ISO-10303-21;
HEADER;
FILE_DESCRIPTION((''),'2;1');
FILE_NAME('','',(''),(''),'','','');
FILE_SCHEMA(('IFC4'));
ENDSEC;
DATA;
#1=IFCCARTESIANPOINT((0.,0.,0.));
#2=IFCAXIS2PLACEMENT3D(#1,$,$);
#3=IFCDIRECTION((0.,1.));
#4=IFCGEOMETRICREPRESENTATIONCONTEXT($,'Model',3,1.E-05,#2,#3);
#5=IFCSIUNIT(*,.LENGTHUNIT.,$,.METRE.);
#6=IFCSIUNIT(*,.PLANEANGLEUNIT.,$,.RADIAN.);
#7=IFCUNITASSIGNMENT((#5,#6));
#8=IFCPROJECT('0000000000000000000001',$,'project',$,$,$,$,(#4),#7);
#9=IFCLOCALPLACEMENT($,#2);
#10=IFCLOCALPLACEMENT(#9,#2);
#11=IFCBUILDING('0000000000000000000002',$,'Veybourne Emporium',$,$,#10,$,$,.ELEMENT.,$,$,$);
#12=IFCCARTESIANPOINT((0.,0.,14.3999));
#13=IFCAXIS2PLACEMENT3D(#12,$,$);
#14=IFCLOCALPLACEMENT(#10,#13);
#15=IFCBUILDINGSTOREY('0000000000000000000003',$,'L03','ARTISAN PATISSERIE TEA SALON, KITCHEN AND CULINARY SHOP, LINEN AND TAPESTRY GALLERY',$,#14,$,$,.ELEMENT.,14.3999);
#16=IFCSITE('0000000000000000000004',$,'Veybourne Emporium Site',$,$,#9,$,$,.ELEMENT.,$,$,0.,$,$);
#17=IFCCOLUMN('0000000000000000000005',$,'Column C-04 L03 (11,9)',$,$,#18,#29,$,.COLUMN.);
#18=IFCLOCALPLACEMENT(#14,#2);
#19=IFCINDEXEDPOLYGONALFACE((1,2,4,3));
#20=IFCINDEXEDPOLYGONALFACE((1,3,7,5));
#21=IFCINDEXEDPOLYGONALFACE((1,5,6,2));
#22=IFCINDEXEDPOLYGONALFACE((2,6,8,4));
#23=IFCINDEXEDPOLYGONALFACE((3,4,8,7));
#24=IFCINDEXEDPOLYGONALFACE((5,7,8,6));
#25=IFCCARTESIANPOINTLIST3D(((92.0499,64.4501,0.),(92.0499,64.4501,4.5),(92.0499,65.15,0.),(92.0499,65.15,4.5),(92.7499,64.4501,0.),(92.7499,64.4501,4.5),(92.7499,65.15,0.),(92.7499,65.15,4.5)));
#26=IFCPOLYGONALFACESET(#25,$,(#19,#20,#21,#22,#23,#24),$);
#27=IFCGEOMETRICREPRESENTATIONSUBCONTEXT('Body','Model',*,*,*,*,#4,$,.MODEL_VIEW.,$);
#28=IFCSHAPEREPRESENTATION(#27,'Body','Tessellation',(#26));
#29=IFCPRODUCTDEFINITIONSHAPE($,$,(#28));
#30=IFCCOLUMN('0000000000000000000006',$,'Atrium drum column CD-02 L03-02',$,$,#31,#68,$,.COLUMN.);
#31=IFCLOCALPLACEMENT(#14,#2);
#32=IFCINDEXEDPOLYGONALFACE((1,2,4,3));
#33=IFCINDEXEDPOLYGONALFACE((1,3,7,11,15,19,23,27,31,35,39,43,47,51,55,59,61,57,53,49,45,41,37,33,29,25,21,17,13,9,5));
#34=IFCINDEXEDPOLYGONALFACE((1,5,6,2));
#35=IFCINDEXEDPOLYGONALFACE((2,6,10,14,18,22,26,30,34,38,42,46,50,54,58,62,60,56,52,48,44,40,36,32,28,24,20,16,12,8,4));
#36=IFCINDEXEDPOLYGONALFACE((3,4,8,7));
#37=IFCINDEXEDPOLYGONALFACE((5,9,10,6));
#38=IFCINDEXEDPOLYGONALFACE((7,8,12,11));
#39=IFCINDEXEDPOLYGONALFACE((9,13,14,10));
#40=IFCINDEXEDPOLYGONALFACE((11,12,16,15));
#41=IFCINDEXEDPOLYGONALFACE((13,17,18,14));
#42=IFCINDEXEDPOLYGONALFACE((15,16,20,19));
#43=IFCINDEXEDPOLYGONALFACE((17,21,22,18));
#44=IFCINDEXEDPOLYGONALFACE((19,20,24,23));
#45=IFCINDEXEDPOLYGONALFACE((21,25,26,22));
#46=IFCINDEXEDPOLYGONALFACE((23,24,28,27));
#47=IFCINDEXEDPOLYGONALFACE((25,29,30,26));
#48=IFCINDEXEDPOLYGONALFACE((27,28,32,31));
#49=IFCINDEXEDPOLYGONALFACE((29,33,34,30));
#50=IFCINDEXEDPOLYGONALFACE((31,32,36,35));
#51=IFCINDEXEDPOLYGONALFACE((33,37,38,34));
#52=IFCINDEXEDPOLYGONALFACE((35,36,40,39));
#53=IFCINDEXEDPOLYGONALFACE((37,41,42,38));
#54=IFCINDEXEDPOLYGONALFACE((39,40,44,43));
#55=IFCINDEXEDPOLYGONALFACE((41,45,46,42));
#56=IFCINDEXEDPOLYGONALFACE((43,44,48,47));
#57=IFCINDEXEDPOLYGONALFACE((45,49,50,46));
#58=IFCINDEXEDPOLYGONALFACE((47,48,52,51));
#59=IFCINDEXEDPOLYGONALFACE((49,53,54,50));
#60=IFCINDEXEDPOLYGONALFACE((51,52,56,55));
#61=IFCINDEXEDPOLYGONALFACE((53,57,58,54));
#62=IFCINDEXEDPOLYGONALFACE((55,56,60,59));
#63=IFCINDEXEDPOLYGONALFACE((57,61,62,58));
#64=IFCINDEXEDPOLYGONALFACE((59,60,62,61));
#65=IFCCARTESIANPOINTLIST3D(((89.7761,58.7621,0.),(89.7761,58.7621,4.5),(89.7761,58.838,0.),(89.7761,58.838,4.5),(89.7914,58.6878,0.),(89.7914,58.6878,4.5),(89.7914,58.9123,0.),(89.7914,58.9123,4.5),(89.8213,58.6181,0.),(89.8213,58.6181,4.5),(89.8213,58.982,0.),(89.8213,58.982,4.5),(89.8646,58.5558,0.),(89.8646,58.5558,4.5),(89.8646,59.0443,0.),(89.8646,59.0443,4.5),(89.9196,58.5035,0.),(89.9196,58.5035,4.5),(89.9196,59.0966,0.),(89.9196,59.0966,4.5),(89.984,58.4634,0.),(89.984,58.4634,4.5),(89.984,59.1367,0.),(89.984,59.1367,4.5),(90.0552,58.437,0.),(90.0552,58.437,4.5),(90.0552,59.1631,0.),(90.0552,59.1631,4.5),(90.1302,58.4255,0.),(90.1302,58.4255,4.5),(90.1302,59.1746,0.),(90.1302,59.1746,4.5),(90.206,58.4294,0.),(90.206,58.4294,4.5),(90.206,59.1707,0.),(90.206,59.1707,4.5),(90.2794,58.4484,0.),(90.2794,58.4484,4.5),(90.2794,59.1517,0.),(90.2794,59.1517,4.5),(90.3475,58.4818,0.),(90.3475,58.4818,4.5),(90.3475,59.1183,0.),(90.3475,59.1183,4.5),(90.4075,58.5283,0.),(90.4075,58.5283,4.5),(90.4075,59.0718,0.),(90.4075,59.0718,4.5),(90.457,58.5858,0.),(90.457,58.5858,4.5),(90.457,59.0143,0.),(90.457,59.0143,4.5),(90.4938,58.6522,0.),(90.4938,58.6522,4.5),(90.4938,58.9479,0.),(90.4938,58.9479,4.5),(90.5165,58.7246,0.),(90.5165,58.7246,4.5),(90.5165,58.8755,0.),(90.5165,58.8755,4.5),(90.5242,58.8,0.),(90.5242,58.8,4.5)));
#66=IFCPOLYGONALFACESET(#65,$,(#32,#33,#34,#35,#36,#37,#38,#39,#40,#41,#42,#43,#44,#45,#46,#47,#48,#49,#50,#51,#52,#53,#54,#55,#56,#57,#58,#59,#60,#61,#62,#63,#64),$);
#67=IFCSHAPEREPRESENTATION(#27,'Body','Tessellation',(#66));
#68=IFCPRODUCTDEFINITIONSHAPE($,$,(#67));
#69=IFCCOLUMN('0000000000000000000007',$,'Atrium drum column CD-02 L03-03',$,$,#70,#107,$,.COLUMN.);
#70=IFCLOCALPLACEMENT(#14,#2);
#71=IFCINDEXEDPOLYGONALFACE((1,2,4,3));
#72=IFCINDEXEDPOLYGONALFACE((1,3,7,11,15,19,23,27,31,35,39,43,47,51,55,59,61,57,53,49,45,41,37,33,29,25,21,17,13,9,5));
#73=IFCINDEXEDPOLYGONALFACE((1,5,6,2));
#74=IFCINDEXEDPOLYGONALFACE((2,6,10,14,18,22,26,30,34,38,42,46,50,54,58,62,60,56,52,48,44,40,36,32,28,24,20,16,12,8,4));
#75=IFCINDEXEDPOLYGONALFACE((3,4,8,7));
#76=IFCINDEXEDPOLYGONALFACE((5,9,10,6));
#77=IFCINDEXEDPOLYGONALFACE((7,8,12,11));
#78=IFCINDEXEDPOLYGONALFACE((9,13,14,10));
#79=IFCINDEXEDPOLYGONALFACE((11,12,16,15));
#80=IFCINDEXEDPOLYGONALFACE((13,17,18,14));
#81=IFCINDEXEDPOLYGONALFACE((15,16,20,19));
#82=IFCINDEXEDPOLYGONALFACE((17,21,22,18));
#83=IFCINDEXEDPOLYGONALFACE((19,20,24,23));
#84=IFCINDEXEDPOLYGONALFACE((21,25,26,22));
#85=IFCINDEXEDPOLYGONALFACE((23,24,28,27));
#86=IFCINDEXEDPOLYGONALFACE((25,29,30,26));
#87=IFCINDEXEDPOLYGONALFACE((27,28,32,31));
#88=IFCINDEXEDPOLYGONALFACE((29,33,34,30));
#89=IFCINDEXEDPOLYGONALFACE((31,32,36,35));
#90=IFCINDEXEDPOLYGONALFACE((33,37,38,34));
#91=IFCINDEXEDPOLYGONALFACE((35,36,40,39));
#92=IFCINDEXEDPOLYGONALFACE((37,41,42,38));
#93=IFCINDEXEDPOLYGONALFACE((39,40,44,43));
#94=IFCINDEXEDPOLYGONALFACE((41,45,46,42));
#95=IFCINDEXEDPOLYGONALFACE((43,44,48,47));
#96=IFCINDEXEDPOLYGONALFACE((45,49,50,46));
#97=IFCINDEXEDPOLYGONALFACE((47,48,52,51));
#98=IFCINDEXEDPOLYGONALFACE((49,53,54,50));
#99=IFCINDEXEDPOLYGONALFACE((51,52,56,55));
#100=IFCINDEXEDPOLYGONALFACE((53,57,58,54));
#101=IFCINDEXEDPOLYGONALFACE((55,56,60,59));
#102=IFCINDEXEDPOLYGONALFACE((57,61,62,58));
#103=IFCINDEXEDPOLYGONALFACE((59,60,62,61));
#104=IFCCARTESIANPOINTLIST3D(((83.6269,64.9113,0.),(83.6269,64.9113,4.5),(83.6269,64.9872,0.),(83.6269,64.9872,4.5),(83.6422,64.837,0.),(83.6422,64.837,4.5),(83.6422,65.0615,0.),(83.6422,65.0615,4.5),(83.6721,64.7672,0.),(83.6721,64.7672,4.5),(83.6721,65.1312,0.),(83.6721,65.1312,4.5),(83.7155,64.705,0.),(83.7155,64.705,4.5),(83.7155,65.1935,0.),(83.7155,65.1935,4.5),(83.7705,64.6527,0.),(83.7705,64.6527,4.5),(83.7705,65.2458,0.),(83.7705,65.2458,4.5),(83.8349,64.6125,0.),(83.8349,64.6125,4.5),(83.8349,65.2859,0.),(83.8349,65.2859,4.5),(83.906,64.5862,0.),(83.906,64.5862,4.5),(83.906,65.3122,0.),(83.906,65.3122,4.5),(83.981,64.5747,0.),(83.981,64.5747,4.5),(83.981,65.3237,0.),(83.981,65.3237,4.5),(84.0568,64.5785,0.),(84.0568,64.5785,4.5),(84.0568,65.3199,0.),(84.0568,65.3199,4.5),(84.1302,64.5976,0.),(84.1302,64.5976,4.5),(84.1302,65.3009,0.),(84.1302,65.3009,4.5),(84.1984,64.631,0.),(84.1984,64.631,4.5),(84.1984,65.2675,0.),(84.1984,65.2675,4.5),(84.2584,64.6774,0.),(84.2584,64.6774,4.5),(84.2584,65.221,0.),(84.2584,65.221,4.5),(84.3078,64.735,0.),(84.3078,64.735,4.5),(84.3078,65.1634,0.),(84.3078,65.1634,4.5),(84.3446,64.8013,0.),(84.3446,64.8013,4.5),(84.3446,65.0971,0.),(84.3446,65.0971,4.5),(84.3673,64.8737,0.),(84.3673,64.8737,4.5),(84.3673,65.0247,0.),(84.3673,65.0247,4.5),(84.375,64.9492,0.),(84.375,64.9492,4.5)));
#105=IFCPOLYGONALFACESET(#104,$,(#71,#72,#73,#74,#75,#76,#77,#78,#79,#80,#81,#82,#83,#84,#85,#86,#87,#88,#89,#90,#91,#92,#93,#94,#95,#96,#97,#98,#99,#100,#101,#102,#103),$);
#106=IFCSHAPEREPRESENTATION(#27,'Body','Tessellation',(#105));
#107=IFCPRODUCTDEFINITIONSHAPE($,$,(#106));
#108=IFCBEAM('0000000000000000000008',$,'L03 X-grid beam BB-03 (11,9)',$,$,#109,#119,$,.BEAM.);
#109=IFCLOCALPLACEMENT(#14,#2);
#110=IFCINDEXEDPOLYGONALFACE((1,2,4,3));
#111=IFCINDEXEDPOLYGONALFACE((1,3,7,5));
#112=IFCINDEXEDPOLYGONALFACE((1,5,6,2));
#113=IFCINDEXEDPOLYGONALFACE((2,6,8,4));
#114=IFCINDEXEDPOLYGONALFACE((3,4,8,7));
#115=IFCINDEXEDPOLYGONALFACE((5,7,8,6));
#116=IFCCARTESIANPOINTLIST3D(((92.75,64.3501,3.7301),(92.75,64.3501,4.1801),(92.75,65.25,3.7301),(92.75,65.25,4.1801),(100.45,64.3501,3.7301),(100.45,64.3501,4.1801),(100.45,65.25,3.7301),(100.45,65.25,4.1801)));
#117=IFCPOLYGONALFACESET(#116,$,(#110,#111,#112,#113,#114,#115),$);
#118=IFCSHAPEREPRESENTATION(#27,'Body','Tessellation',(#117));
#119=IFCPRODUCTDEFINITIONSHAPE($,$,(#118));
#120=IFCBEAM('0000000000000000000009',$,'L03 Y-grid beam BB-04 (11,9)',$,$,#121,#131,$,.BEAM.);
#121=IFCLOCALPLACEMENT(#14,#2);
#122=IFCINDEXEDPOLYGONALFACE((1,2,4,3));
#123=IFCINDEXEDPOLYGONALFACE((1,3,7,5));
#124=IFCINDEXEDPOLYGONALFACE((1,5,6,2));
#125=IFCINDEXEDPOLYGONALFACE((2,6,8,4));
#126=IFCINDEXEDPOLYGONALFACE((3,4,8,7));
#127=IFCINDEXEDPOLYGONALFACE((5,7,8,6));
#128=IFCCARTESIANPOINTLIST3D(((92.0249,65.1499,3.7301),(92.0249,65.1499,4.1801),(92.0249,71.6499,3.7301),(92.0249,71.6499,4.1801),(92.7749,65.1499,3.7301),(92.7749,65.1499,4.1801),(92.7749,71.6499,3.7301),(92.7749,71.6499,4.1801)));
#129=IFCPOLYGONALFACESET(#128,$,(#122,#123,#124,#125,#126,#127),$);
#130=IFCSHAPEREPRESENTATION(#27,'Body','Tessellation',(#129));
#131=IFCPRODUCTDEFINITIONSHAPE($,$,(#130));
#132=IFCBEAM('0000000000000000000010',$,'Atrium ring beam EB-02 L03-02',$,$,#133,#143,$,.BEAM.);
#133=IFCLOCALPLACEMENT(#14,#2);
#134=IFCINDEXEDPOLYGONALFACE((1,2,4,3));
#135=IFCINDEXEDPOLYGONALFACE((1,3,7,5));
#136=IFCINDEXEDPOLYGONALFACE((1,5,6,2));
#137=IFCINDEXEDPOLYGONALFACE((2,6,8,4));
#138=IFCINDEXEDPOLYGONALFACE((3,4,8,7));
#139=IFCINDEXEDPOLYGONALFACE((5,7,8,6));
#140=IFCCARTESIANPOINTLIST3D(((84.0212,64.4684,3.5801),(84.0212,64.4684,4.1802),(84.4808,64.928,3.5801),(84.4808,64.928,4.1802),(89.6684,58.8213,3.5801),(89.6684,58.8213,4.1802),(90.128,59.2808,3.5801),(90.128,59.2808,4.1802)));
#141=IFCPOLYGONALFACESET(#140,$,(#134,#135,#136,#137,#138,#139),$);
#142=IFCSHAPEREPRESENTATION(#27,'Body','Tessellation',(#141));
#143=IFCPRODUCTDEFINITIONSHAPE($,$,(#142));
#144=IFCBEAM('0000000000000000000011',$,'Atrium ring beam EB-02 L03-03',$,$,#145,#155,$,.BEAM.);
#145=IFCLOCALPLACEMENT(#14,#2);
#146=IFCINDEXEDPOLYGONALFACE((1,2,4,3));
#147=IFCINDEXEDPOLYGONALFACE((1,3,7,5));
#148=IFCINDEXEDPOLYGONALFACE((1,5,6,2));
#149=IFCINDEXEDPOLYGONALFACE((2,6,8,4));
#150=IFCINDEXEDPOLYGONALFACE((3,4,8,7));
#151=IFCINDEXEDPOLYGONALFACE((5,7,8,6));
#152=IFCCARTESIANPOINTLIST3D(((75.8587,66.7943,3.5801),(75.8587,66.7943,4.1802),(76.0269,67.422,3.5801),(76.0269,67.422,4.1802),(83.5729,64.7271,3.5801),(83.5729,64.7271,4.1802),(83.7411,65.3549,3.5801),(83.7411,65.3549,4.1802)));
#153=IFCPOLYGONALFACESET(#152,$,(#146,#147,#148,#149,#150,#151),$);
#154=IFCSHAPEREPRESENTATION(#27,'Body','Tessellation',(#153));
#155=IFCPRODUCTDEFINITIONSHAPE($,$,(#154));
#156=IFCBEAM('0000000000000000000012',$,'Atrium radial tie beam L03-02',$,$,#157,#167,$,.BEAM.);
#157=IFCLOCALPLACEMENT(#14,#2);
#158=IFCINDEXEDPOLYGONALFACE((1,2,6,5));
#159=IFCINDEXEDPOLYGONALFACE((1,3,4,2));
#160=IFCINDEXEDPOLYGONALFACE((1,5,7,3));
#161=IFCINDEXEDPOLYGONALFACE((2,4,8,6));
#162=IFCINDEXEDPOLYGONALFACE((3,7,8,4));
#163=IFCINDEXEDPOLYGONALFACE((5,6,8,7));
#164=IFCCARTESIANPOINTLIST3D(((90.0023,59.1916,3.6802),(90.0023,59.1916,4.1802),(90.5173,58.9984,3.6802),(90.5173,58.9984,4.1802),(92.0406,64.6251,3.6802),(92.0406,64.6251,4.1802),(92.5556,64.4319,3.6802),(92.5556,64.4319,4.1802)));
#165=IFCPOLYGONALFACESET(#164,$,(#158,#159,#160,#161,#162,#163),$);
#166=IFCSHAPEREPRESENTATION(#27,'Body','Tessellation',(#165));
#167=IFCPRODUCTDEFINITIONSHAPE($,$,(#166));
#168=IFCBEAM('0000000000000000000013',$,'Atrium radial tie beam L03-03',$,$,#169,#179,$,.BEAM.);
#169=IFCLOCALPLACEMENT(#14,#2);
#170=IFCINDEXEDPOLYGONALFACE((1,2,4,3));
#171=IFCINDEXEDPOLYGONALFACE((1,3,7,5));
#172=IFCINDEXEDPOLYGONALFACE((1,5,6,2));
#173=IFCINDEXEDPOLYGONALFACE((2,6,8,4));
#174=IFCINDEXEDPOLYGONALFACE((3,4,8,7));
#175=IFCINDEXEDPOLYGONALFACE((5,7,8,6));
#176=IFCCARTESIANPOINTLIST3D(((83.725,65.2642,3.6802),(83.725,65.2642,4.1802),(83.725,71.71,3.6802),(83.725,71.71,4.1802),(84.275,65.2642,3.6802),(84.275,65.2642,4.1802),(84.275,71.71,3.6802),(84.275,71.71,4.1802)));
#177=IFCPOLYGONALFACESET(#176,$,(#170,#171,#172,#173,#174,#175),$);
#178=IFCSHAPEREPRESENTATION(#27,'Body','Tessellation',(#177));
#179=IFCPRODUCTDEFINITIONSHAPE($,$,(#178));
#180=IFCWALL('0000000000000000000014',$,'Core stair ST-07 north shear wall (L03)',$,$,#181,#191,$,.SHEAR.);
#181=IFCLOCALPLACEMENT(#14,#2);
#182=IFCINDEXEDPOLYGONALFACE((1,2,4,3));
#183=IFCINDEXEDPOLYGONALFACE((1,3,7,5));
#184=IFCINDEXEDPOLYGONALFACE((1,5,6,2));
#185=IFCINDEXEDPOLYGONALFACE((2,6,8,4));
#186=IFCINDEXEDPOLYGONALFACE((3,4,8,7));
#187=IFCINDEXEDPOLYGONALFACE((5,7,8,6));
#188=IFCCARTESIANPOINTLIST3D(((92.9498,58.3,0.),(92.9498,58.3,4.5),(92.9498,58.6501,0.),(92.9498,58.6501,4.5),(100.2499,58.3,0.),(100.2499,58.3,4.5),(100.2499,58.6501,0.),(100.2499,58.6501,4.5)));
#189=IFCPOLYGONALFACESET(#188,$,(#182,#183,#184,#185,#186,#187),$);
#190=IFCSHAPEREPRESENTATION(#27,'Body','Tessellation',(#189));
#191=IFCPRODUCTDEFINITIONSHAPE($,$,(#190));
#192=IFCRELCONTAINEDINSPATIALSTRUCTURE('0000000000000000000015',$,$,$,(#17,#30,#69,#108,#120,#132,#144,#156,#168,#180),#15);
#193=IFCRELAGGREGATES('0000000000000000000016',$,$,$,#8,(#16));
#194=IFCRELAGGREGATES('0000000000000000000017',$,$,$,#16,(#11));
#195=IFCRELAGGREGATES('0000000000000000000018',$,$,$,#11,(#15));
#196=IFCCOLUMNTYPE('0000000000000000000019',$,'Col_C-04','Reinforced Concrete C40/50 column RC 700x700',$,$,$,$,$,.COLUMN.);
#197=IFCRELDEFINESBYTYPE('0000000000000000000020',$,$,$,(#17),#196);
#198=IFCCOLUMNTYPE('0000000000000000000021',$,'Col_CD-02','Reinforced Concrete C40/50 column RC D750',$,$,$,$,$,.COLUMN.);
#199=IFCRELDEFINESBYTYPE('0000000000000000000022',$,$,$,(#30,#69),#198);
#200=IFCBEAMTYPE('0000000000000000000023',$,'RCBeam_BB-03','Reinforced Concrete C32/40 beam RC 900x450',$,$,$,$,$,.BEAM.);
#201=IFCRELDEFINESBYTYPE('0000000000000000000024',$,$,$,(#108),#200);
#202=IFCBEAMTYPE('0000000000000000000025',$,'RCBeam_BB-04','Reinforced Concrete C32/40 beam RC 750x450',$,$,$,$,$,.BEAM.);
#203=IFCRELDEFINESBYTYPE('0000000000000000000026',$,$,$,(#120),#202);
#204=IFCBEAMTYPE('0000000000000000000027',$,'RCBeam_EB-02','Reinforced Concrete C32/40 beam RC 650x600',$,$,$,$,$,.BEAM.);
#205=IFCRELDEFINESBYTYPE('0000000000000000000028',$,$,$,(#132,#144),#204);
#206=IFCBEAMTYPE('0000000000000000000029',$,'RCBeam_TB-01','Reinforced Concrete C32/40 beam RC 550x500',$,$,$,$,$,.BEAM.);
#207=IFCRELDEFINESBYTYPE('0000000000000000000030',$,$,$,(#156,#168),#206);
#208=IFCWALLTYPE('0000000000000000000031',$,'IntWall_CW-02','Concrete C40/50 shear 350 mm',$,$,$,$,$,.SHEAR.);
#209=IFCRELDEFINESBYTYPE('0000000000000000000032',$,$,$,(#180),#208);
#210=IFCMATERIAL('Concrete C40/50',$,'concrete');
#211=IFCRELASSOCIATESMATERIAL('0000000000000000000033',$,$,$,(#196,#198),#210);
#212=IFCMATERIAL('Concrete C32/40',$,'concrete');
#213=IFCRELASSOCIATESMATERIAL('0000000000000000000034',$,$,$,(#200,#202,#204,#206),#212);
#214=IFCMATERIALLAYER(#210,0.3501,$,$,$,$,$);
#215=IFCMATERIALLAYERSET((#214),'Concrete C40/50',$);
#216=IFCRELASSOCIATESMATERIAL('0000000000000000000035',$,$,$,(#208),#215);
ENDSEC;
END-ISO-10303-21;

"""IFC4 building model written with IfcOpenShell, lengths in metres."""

from ifc_helpers import new_model, si_unit, direction, frame, frame_2d, origin, origin_2d, place, context, subcontext, project, spatial, rectangle, circle, extrude, material, layer, layer_set, material_profile, profile_set, type_object, element, save


model = new_model("IFC4")

# Units and contexts
model_context = context("Model", 3, precision=1e-05, world=origin(), true_north=direction((0.0, 1.0)))
body_context = subcontext(model_context, "Body", "Model", "MODEL_VIEW")
ifc_project = project(units=[si_unit("LENGTHUNIT", "METRE"), si_unit("PLANEANGLEUNIT", "RADIAN")], contexts=[model_context])

# Site, building, storey
site_placement = place(None, origin())
site = spatial("IfcSite", under=ifc_project, at=site_placement, Name="Veybourne Emporium Site", CompositionType="ELEMENT", RefElevation=0.0)
building_placement = place(site_placement, origin())
building = spatial("IfcBuilding", under=site, at=building_placement, Name="Veybourne Emporium", CompositionType="ELEMENT")
storey_placement = place(building_placement, frame((0.0, 0.0, 14.3999)))
storey = spatial("IfcBuildingStorey", under=building, at=storey_placement, Name="L03", Description="ARTISAN PATISSERIE TEA SALON, KITCHEN AND CULINARY SHOP, LINEN AND TAPESTRY GALLERY", CompositionType="ELEMENT", Elevation=14.3999)

# Columns
ifc_material_1 = material(Name="Concrete C40/50", Category="concrete")
ifc_material_profile_1 = material_profile(ifc_material_1, rectangle(XDim=0.7, YDim=0.7, at=origin_2d()), Name="RC 700x700")
ifc_profile_set_1 = profile_set([ifc_material_profile_1], Name="Concrete C40/50")
column_type_1 = type_object("IfcColumnType", Name="Col_C-04", Description="Reinforced Concrete C40/50 column RC 700x700", PredefinedType="COLUMN", material=ifc_profile_set_1)
column_placement = place(storey_placement, frame((92.3999, 64.8, 0.0), z_axis=(0.0, 0.0, 1.0), x_axis=(1.0, 0.0, 0.0)))
element("IfcColumn", 1, at=column_placement, inside=storey, type_object=column_type_1, Name="Column C-04 L03 (11,9)", PredefinedType="COLUMN", context=body_context, shape_type="SweptSolid", body=[
    extrude(rectangle(XDim=0.7, YDim=0.7, at=origin_2d()), origin(), (0.0, 0.0, 1.0), 4.5),
])
ifc_material_profile_2 = material_profile(ifc_material_1, circle(Radius=0.375, at=origin_2d()), Name="RC D750")
ifc_profile_set_2 = profile_set([ifc_material_profile_2], Name="Concrete C40/50")
column_type_2 = type_object("IfcColumnType", Name="Col_CD-02", Description="Reinforced Concrete C40/50 column RC D750", PredefinedType="COLUMN", material=ifc_profile_set_2)
for number, where, z_axis, x_axis, name in (
    (2, (90.1492, 58.8, 0.0), (0.0, 0.0, 1.0), (1.0, 0.0, 0.0), "Atrium drum column CD-02 L03-02"),
    (3, (84.0, 64.9492, 0.0), (0.0, 0.0, 1.0), (1.0, 0.0, 0.0), "Atrium drum column CD-02 L03-03"),
):
    element("IfcColumn", number, at=place(storey_placement, frame(where, z_axis=z_axis, x_axis=x_axis)), inside=storey, type_object=column_type_2, Name=name, PredefinedType="COLUMN", context=body_context, shape_type="SweptSolid", body=[
        extrude(circle(Radius=0.375, at=origin_2d()), origin(), (0.0, 0.0, 1.0), 4.5),
    ])

# Beams
ifc_material_2 = material(Name="Concrete C32/40", Category="concrete")
ifc_material_profile_3 = material_profile(ifc_material_2, rectangle(XDim=0.8999, YDim=0.45, at=origin_2d()), Name="RC 900x450")
ifc_profile_set_3 = profile_set([ifc_material_profile_3], Name="Concrete C32/40")
beam_type_1 = type_object("IfcBeamType", Name="RCBeam_BB-03", Description="Reinforced Concrete C32/40 beam RC 900x450", PredefinedType="BEAM", material=ifc_profile_set_3)
beam_1_placement = place(storey_placement, frame((92.75, 64.8, 3.9551), z_axis=(1.0, 0.0, 0.0), x_axis=(0.0, 1.0, 0.0)))
element("IfcBeam", 4, at=beam_1_placement, inside=storey, type_object=beam_type_1, Name="L03 X-grid beam BB-03 (11,9)", PredefinedType="BEAM", context=body_context, shape_type="SweptSolid", body=[
    extrude(rectangle(XDim=0.8999, YDim=0.45, at=origin_2d()), origin(), (0.0, 0.0, 1.0), 7.7),
])
ifc_material_profile_4 = material_profile(ifc_material_2, rectangle(XDim=0.75, YDim=0.45, at=origin_2d()), Name="RC 750x450")
ifc_profile_set_4 = profile_set([ifc_material_profile_4], Name="Concrete C32/40")
beam_type_2 = type_object("IfcBeamType", Name="RCBeam_BB-04", Description="Reinforced Concrete C32/40 beam RC 750x450", PredefinedType="BEAM", material=ifc_profile_set_4)
beam_2_placement = place(storey_placement, frame((92.3999, 65.1499, 3.9551), z_axis=(0.0, 1.0, 0.0), x_axis=(-1.0, 0.0, 0.0)))
element("IfcBeam", 5, at=beam_2_placement, inside=storey, type_object=beam_type_2, Name="L03 Y-grid beam BB-04 (11,9)", PredefinedType="BEAM", context=body_context, shape_type="SweptSolid", body=[
    extrude(rectangle(XDim=0.75, YDim=0.45, at=origin_2d()), origin(), (0.0, 0.0, 1.0), 6.5),
])
ifc_material_profile_5 = material_profile(ifc_material_2, rectangle(XDim=0.6499, YDim=0.6001, at=origin_2d()), Name="RC 650x600")
ifc_profile_set_5 = profile_set([ifc_material_profile_5], Name="Concrete C32/40")
beam_type_3 = type_object("IfcBeamType", Name="RCBeam_EB-02", Description="Reinforced Concrete C32/40 beam RC 650x600", PredefinedType="BEAM", material=ifc_profile_set_5)
for number, where, z_axis, x_axis, name in (
    (6, (89.8982, 59.051, 3.8801), (-0.707107, 0.707107, 0.0), (-0.707107, -0.707107, 0.0), "Atrium ring beam EB-02 L03-02"),
    (7, (83.657, 65.041, 3.8801), (-0.965921, 0.258836, 0.0), (-0.258836, -0.965921, 0.0), "Atrium ring beam EB-02 L03-03"),
):
    element("IfcBeam", number, at=place(storey_placement, frame(where, z_axis=z_axis, x_axis=x_axis)), inside=storey, type_object=beam_type_3, Name=name, PredefinedType="BEAM", context=body_context, shape_type="SweptSolid", body=[
        extrude(rectangle(XDim=0.6499, YDim=0.6001, at=origin_2d()), origin(), (0.0, 0.0, 1.0), 7.9863),
    ])
ifc_material_profile_6 = material_profile(ifc_material_2, rectangle(XDim=0.55, YDim=0.5, at=origin_2d()), Name="RC 550x500")
ifc_profile_set_6 = profile_set([ifc_material_profile_6], Name="Concrete C32/40")
beam_type_4 = type_object("IfcBeamType", Name="RCBeam_TB-01", Description="Reinforced Concrete C32/40 beam RC 550x500", PredefinedType="BEAM", material=ifc_profile_set_6)
beam_3_placement = place(storey_placement, frame((90.2598, 59.095, 3.9302), z_axis=(0.351234, 0.936288, 0.0), x_axis=(-0.936288, 0.351234, 0.0)))
element("IfcBeam", 8, at=beam_3_placement, inside=storey, type_object=beam_type_4, Name="Atrium radial tie beam L03-02", PredefinedType="BEAM", context=body_context, shape_type="SweptSolid", body=[
    extrude(rectangle(XDim=0.55, YDim=0.5, at=origin_2d()), origin(), (0.0, 0.0, 1.0), 5.8032),
])
beam_4_placement = place(storey_placement, frame((84.0, 65.2642, 3.9302), z_axis=(0.0, 1.0, 0.0), x_axis=(-1.0, 0.0, 0.0)))
element("IfcBeam", 9, at=beam_4_placement, inside=storey, type_object=beam_type_4, Name="Atrium radial tie beam L03-03", PredefinedType="BEAM", context=body_context, shape_type="SweptSolid", body=[
    extrude(rectangle(XDim=0.55, YDim=0.5, at=origin_2d()), origin(), (0.0, 0.0, 1.0), 6.4458),
])

# Wall
ifc_layer_1 = layer(ifc_material_1, 0.3501)
ifc_layer_set_1 = layer_set([ifc_layer_1], Name="Concrete C40/50")
wall_type_1 = type_object("IfcWallType", Name="IntWall_CW-02", Description="Concrete C40/50 shear 350 mm", PredefinedType="SHEAR", material=ifc_layer_set_1)
wall_1_placement = place(storey_placement, frame((92.95, 58.4751, 0.0), z_axis=(0.0, 0.0, 1.0), x_axis=(1.0, 0.0, 0.0)))
element("IfcWall", 10, at=wall_1_placement, inside=storey, type_object=wall_type_1, Name="Core stair ST-07 north shear wall (L03)", PredefinedType="SHEAR", context=body_context, shape_type="SweptSolid", body=[
    extrude(rectangle(XDim=7.3, YDim=0.3501, at=frame_2d((3.6499, 0.0))), origin(), (0.0, 0.0, 1.0), 4.5),
])

save(model, "model.ifc")
